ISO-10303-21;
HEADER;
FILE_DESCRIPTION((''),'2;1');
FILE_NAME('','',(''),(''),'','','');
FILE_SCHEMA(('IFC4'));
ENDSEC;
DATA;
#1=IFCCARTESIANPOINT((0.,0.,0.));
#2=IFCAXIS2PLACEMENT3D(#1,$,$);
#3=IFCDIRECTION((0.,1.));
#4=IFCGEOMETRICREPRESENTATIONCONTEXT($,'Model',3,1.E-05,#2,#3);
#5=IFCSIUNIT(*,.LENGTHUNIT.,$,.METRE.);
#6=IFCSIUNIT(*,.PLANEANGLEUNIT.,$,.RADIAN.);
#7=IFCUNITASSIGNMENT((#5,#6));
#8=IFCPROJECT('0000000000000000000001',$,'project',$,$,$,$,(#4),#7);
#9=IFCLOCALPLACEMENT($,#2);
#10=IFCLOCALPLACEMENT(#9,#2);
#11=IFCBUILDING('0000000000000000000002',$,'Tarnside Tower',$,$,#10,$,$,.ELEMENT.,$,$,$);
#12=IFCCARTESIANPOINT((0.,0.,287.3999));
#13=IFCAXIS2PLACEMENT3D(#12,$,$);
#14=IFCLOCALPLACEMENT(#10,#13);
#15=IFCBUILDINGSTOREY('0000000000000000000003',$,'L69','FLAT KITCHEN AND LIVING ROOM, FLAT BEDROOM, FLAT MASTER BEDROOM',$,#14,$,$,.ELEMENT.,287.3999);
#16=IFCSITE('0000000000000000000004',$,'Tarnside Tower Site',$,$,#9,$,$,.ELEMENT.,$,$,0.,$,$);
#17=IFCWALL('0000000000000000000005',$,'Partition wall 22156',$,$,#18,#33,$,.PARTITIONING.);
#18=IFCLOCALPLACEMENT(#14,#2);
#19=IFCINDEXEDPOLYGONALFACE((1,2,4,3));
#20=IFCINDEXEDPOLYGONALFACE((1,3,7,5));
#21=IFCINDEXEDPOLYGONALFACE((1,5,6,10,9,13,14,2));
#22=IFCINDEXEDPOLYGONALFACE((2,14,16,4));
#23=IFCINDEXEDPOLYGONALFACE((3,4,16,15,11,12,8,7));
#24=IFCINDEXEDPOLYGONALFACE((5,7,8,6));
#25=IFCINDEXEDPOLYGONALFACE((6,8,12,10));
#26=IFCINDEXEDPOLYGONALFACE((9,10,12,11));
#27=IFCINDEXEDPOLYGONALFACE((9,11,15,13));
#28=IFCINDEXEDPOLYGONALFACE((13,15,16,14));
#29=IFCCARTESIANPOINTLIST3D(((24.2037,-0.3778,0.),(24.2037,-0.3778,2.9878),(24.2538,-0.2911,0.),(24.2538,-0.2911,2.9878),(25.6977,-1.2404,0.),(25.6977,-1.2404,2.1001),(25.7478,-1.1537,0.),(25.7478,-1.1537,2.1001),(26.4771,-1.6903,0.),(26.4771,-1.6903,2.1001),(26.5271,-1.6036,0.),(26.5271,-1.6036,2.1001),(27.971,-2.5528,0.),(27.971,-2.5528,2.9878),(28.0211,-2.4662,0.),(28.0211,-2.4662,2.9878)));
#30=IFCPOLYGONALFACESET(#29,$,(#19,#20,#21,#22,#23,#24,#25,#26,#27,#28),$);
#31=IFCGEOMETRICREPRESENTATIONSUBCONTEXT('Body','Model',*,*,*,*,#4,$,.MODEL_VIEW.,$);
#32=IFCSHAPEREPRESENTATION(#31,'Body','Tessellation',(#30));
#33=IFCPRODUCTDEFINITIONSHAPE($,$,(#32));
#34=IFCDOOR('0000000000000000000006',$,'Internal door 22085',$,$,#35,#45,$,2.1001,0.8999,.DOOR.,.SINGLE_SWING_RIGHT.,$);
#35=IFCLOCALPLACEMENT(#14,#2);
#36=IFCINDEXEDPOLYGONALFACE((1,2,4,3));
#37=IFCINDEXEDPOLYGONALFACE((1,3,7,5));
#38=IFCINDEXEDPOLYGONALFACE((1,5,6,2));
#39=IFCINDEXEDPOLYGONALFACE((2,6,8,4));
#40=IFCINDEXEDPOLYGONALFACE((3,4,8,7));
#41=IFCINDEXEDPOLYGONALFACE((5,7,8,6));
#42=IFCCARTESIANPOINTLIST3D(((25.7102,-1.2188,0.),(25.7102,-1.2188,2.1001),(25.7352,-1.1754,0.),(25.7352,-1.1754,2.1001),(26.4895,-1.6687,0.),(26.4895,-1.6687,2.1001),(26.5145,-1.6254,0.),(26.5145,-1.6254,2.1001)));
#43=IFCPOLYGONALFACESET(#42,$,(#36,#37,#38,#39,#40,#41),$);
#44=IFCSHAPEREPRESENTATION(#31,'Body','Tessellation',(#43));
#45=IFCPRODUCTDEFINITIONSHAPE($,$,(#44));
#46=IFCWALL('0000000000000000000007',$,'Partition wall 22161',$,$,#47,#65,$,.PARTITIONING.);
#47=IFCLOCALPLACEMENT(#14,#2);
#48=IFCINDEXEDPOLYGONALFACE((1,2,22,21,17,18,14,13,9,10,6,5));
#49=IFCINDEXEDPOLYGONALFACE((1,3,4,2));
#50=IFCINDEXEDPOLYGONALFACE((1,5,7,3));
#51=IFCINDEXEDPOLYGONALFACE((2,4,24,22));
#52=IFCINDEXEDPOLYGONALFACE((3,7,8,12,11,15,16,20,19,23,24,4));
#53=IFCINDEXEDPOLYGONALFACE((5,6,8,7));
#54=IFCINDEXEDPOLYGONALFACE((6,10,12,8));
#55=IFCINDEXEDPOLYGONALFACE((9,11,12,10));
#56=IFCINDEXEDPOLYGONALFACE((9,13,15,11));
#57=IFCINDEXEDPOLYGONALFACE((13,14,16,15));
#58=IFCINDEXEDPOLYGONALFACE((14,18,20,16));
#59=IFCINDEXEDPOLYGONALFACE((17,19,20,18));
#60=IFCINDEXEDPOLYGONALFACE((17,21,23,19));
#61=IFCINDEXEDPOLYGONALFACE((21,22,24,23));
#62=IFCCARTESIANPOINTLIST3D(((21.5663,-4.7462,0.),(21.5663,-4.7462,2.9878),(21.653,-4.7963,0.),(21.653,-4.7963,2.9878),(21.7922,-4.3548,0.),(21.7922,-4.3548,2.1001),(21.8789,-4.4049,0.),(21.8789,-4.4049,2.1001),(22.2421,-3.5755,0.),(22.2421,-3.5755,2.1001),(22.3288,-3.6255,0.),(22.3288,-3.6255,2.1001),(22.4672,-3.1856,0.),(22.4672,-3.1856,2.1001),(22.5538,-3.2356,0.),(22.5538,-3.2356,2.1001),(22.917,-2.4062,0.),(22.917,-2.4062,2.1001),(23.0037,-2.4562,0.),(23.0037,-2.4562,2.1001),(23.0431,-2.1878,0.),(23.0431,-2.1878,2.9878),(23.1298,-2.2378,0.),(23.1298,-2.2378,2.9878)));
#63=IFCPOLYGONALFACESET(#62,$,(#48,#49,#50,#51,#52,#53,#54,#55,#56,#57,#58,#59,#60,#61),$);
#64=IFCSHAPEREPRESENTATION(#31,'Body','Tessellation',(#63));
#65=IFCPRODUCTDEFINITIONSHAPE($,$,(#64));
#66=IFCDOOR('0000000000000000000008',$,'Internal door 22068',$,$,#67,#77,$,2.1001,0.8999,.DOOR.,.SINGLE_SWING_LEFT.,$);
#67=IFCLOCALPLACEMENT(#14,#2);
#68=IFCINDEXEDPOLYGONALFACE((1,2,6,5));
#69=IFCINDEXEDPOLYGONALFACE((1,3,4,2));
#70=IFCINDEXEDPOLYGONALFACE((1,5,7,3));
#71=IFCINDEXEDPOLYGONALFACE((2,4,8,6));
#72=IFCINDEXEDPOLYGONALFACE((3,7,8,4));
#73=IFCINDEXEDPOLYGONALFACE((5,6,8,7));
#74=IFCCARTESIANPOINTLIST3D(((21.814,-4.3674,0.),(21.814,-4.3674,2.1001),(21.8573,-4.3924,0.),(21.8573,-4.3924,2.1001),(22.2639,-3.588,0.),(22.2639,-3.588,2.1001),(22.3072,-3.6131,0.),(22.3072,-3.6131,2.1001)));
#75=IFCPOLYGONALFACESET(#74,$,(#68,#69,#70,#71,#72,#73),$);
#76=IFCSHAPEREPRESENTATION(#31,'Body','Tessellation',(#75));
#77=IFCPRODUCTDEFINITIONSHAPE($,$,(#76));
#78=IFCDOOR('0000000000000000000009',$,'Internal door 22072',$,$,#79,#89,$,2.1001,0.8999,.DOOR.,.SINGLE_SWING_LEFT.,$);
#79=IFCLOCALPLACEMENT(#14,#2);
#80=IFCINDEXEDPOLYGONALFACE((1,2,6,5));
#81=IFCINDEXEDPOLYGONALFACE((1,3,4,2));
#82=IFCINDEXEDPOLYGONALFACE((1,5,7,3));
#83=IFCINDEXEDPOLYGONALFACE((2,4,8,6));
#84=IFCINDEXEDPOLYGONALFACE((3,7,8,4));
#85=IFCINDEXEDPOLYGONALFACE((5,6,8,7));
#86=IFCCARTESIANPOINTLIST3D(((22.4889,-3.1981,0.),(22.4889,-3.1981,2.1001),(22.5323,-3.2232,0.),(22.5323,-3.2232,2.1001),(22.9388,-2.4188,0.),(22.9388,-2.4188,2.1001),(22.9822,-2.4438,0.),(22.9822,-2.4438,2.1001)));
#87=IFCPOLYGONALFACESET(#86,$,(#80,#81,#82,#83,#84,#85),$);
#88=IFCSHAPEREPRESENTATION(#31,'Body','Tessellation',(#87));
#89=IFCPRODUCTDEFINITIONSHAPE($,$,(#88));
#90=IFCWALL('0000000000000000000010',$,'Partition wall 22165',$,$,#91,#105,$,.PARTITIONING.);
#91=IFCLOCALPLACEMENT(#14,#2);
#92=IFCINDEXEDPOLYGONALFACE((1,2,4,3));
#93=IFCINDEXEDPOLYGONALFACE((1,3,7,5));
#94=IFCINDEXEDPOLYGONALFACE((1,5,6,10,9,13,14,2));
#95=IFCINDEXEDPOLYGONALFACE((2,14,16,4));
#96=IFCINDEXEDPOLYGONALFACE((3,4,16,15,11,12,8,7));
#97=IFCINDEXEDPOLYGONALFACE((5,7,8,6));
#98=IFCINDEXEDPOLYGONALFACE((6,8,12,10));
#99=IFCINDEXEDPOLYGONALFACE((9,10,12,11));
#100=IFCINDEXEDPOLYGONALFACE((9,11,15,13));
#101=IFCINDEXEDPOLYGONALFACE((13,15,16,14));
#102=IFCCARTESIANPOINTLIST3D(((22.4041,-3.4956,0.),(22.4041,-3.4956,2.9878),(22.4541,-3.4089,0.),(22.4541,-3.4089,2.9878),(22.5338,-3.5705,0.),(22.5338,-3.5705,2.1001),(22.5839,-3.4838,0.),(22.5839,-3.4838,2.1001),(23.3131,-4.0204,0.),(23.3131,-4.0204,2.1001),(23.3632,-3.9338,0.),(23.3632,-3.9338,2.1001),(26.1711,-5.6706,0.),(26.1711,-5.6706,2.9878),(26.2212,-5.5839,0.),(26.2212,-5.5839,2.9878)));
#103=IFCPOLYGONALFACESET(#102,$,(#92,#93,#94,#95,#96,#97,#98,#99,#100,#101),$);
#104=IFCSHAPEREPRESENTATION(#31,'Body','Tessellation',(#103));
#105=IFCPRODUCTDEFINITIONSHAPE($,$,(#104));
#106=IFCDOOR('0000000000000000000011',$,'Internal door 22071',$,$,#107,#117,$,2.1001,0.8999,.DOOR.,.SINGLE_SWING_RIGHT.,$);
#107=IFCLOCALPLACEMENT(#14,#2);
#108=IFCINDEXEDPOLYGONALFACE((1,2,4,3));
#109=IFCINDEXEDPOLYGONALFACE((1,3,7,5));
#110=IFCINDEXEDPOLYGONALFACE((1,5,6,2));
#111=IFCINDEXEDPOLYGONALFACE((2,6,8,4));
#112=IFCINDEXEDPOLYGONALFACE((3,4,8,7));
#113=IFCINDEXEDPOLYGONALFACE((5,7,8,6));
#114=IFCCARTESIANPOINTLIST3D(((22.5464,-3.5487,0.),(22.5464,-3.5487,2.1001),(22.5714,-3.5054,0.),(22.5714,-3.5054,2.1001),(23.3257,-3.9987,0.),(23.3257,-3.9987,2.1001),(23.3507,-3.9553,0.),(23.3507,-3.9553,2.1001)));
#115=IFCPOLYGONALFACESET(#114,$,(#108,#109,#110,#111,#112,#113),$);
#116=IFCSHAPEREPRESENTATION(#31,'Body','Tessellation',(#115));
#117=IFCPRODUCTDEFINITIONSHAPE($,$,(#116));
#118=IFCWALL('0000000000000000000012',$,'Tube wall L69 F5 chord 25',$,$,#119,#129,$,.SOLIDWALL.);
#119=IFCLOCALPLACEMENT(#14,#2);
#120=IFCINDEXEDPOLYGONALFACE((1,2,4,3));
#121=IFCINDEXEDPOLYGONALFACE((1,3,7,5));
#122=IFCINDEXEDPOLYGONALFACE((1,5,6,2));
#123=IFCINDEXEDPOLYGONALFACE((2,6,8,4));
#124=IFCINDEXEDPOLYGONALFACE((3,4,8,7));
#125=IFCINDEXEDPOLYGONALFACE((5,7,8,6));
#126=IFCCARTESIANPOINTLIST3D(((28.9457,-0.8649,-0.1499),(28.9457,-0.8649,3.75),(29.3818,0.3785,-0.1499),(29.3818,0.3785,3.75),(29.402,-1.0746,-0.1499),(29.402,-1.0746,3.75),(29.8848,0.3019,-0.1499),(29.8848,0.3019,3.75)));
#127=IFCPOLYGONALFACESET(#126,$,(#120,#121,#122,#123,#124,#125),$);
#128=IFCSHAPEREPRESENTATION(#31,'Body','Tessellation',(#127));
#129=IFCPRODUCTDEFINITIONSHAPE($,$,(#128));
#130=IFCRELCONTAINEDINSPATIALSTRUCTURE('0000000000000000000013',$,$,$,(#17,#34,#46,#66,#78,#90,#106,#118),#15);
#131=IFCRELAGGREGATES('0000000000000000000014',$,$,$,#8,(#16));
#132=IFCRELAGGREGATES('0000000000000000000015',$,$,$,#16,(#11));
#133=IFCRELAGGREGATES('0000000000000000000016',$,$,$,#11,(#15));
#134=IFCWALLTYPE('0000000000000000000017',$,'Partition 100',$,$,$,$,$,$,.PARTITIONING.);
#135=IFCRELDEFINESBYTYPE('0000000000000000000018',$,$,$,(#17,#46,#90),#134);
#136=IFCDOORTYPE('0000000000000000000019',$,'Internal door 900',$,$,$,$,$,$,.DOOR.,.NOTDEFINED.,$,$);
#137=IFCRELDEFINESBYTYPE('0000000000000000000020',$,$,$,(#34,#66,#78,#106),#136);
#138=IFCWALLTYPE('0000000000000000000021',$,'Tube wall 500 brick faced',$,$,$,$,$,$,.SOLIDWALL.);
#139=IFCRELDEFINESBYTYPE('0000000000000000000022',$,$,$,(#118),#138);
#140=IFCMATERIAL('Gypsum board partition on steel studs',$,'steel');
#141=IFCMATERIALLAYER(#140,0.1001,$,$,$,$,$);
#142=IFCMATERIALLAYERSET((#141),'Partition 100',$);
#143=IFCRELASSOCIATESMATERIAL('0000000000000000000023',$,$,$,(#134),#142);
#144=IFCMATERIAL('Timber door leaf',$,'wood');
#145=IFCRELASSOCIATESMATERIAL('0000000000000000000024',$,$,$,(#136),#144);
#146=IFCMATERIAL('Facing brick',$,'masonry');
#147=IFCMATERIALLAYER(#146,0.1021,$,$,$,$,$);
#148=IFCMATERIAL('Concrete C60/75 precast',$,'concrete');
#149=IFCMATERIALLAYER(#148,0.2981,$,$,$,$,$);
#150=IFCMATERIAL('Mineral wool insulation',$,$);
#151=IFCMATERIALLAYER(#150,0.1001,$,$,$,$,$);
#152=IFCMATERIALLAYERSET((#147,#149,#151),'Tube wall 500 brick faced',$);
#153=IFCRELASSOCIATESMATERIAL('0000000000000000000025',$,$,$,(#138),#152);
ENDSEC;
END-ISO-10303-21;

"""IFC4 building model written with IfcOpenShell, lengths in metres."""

from ifc_helpers import new_model, si_unit, direction, frame, frame_2d, origin, place, context, subcontext, project, spatial, polyline, rectangle, outline, extrude, material, layer, layer_set, type_object, element, fill, save


model = new_model("IFC4")

# Units and contexts
model_context = context("Model", 3, precision=1e-05, world=origin(), true_north=direction((0.0, 1.0)))
body_context = subcontext(model_context, "Body", "Model", "MODEL_VIEW")
ifc_project = project(units=[si_unit("LENGTHUNIT", "METRE"), si_unit("PLANEANGLEUNIT", "RADIAN")], contexts=[model_context])

# Site, building, storey
site_placement = place(None, origin())
site = spatial("IfcSite", under=ifc_project, at=site_placement, Name="Tarnside Tower Site", CompositionType="ELEMENT", RefElevation=0.0)
building_placement = place(site_placement, origin())
building = spatial("IfcBuilding", under=site, at=building_placement, Name="Tarnside Tower", CompositionType="ELEMENT")
storey_placement = place(building_placement, frame((0.0, 0.0, 287.3999)))
storey = spatial("IfcBuildingStorey", under=building, at=storey_placement, Name="L69", Description="FLAT KITCHEN AND LIVING ROOM, FLAT BEDROOM, FLAT MASTER BEDROOM", CompositionType="ELEMENT", Elevation=287.3999)

# Shared definitions
ifc_material_1 = material(Name="Gypsum board partition on steel studs", Category="steel")

# Shared definitions
ifc_material_2 = material(Name="Timber door leaf", Category="wood")

# Shared definitions
ifc_layer_1 = layer(ifc_material_1, 0.1001)
ifc_layer_set_1 = layer_set([ifc_layer_1], Name="Partition 100")
wall_type_1 = type_object("IfcWallType", Name="Partition 100", PredefinedType="PARTITIONING", material=ifc_layer_set_1)

# Wall, opening, door
wall_1_placement = place(storey_placement, frame((24.2288, -0.3345, 0.0), z_axis=(0.0, 0.0, 1.0), x_axis=(0.866028, -0.499996, 0.0)))
wall_1 = element("IfcWall", 1, at=wall_1_placement, inside=storey, type_object=wall_type_1, Name="Partition wall 22156", PredefinedType="PARTITIONING", context=body_context, shape_type="SweptSolid", body=[
    extrude(rectangle(XDim=4.3501, YDim=0.1001, at=frame_2d((2.175, 0.0))), origin(), (0.0, 0.0, 1.0), 2.9878),
])
opening_1_placement = place(wall_1_placement, frame((1.7251, 0.0, 0.0)))
opening_1 = element("IfcOpeningElement", 2, at=opening_1_placement, cuts=wall_1, PredefinedType="OPENING", context=body_context, shape_type="SweptSolid", body=[
    extrude(rectangle(XDim=0.8999, YDim=2.1001, at=frame_2d((0.45, 1.05))), frame((0.0, 0.0601, 0.0), z_axis=(0.0, -1.0, 0.0), x_axis=(1.0, 0.0, 0.0)), (0.0, 0.0, 1.0), 0.1201),
])
door_type_1 = type_object("IfcDoorType", Name="Internal door 900", OperationType="NOTDEFINED", PredefinedType="DOOR", material=ifc_material_2)
door_1_placement = place(opening_1_placement, origin())
door_1 = element("IfcDoor", 3, at=door_1_placement, inside=storey, type_object=door_type_1, Name="Internal door 22085", OperationType="SINGLE_SWING_RIGHT", OverallHeight=2.1001, OverallWidth=0.8999, PredefinedType="DOOR", context=body_context, shape_type="SweptSolid", body=[
    extrude(rectangle(XDim=0.8999, YDim=2.1001, at=frame_2d((0.45, 1.05))), frame((0.0, 0.0249, 0.0), z_axis=(0.0, -1.0, 0.0), x_axis=(1.0, 0.0, 0.0)), (0.0, 0.0, 1.0), 0.05),
])
fill(opening_1, door_1)

# Wall, openings, doors
wall_2_placement = place(storey_placement, frame((21.6096, -4.7712, 0.0), z_axis=(0.0, 0.0, 1.0), x_axis=(0.499935, 0.866063, 0.0)))
wall_2 = element("IfcWall", 4, at=wall_2_placement, inside=storey, type_object=wall_type_1, Name="Partition wall 22161", PredefinedType="PARTITIONING", context=body_context, shape_type="SweptSolid", body=[
    extrude(rectangle(XDim=2.9541, YDim=0.1001, at=frame_2d((1.4771, 0.0))), origin(), (0.0, 0.0, 1.0), 2.9878),
])
opening_2_placement = place(wall_2_placement, frame((0.4519, 0.0, 0.0)))
opening_2 = element("IfcOpeningElement", 5, at=opening_2_placement, cuts=wall_2, PredefinedType="OPENING", context=body_context, shape_type="SweptSolid", body=[
    extrude(rectangle(XDim=0.8999, YDim=2.1001, at=frame_2d((0.45, 1.05))), frame((0.0, 0.0601, 0.0), z_axis=(0.0, -1.0, 0.0), x_axis=(1.0, 0.0, 0.0)), (0.0, 0.0, 1.0), 0.1201),
])
opening_3_placement = place(wall_2_placement, frame((1.802, 0.0, 0.0)))
opening_3 = element("IfcOpeningElement", 6, at=opening_3_placement, cuts=wall_2, PredefinedType="OPENING", context=body_context, shape_type="SweptSolid", body=[
    extrude(rectangle(XDim=0.8999, YDim=2.1001, at=frame_2d((0.45, 1.05))), frame((0.0, 0.0601, 0.0), z_axis=(0.0, -1.0, 0.0), x_axis=(1.0, 0.0, 0.0)), (0.0, 0.0, 1.0), 0.1201),
])
door_2_placement = place(opening_2_placement, origin())
door_2 = element("IfcDoor", 7, at=door_2_placement, inside=storey, type_object=door_type_1, Name="Internal door 22068", OperationType="SINGLE_SWING_LEFT", OverallHeight=2.1001, OverallWidth=0.8999, PredefinedType="DOOR", context=body_context, shape_type="SweptSolid", body=[
    extrude(rectangle(XDim=0.8999, YDim=2.1001, at=frame_2d((0.45, 1.05))), frame((0.0, 0.0249, 0.0), z_axis=(0.0, -1.0, 0.0), x_axis=(1.0, 0.0, 0.0)), (0.0, 0.0, 1.0), 0.05),
])
fill(opening_2, door_2)
door_3_placement = place(opening_3_placement, origin())
door_3 = element("IfcDoor", 8, at=door_3_placement, inside=storey, type_object=door_type_1, Name="Internal door 22072", OperationType="SINGLE_SWING_LEFT", OverallHeight=2.1001, OverallWidth=0.8999, PredefinedType="DOOR", context=body_context, shape_type="SweptSolid", body=[
    extrude(rectangle(XDim=0.8999, YDim=2.1001, at=frame_2d((0.45, 1.05))), frame((0.0, 0.0249, 0.0), z_axis=(0.0, -1.0, 0.0), x_axis=(1.0, 0.0, 0.0)), (0.0, 0.0, 1.0), 0.05),
])
fill(opening_3, door_3)

# Wall, opening, door
wall_3_placement = place(storey_placement, frame((26.196, -5.6272, 0.0), z_axis=(0.0, 0.0, 1.0), x_axis=(-0.866014, 0.50002, 0.0)))
wall_3 = element("IfcWall", 9, at=wall_3_placement, inside=storey, type_object=wall_type_1, Name="Partition wall 22165", PredefinedType="PARTITIONING", context=body_context, shape_type="SweptSolid", body=[
    extrude(rectangle(XDim=4.3499, YDim=0.1001, at=frame_2d((2.1748, 0.0))), origin(), (0.0, 0.0, 1.0), 2.9878),
])
opening_4_placement = place(wall_3_placement, frame((3.3, 0.0, 0.0)))
opening_4 = element("IfcOpeningElement", 10, at=opening_4_placement, cuts=wall_3, PredefinedType="OPENING", context=body_context, shape_type="SweptSolid", body=[
    extrude(rectangle(XDim=0.8999, YDim=2.1001, at=frame_2d((0.45, 1.05))), frame((0.0, 0.0601, 0.0), z_axis=(0.0, -1.0, 0.0), x_axis=(1.0, 0.0, 0.0)), (0.0, 0.0, 1.0), 0.1201),
])
door_4_placement = place(opening_4_placement, origin())
door_4 = element("IfcDoor", 11, at=door_4_placement, inside=storey, type_object=door_type_1, Name="Internal door 22071", OperationType="SINGLE_SWING_RIGHT", OverallHeight=2.1001, OverallWidth=0.8999, PredefinedType="DOOR", context=body_context, shape_type="SweptSolid", body=[
    extrude(rectangle(XDim=0.8999, YDim=2.1001, at=frame_2d((0.45, 1.05))), frame((0.0, 0.0249, 0.0), z_axis=(0.0, -1.0, 0.0), x_axis=(1.0, 0.0, 0.0)), (0.0, 0.0, 1.0), 0.05),
])
fill(opening_4, door_4)

# Wall
ifc_material_3 = material(Name="Facing brick", Category="masonry")
ifc_layer_2 = layer(ifc_material_3, 0.1021)
ifc_material_4 = material(Name="Concrete C60/75 precast", Category="concrete")
ifc_layer_3 = layer(ifc_material_4, 0.2981)
ifc_material_5 = material(Name="Mineral wool insulation")
ifc_layer_4 = layer(ifc_material_5, 0.1001)
ifc_layer_set_2 = layer_set([ifc_layer_2, ifc_layer_3, ifc_layer_4], Name="Tube wall 500 brick faced")
wall_type_2 = type_object("IfcWallType", Name="Tube wall 500 brick faced", PredefinedType="SOLIDWALL", material=ifc_layer_set_2)
wall_4_placement = place(storey_placement, frame((29.1738, -0.9697, -0.1499), z_axis=(0.0, 0.0, 1.0), x_axis=(0.330961, 0.943644, 0.0)))
element("IfcWall", 12, at=wall_4_placement, inside=storey, type_object=wall_type_2, Name="Tube wall L69 F5 chord 25", PredefinedType="SOLIDWALL", context=body_context, shape_type="SweptSolid", body=[
    extrude(outline(polyline([(-0.0234, -0.25), (1.4353, -0.25), (1.3411, 0.25), (0.0234, 0.25), (-0.0234, -0.25)])), origin(), (0.0, 0.0, 1.0), 3.8999),
])

save(model, "model.ifc")
